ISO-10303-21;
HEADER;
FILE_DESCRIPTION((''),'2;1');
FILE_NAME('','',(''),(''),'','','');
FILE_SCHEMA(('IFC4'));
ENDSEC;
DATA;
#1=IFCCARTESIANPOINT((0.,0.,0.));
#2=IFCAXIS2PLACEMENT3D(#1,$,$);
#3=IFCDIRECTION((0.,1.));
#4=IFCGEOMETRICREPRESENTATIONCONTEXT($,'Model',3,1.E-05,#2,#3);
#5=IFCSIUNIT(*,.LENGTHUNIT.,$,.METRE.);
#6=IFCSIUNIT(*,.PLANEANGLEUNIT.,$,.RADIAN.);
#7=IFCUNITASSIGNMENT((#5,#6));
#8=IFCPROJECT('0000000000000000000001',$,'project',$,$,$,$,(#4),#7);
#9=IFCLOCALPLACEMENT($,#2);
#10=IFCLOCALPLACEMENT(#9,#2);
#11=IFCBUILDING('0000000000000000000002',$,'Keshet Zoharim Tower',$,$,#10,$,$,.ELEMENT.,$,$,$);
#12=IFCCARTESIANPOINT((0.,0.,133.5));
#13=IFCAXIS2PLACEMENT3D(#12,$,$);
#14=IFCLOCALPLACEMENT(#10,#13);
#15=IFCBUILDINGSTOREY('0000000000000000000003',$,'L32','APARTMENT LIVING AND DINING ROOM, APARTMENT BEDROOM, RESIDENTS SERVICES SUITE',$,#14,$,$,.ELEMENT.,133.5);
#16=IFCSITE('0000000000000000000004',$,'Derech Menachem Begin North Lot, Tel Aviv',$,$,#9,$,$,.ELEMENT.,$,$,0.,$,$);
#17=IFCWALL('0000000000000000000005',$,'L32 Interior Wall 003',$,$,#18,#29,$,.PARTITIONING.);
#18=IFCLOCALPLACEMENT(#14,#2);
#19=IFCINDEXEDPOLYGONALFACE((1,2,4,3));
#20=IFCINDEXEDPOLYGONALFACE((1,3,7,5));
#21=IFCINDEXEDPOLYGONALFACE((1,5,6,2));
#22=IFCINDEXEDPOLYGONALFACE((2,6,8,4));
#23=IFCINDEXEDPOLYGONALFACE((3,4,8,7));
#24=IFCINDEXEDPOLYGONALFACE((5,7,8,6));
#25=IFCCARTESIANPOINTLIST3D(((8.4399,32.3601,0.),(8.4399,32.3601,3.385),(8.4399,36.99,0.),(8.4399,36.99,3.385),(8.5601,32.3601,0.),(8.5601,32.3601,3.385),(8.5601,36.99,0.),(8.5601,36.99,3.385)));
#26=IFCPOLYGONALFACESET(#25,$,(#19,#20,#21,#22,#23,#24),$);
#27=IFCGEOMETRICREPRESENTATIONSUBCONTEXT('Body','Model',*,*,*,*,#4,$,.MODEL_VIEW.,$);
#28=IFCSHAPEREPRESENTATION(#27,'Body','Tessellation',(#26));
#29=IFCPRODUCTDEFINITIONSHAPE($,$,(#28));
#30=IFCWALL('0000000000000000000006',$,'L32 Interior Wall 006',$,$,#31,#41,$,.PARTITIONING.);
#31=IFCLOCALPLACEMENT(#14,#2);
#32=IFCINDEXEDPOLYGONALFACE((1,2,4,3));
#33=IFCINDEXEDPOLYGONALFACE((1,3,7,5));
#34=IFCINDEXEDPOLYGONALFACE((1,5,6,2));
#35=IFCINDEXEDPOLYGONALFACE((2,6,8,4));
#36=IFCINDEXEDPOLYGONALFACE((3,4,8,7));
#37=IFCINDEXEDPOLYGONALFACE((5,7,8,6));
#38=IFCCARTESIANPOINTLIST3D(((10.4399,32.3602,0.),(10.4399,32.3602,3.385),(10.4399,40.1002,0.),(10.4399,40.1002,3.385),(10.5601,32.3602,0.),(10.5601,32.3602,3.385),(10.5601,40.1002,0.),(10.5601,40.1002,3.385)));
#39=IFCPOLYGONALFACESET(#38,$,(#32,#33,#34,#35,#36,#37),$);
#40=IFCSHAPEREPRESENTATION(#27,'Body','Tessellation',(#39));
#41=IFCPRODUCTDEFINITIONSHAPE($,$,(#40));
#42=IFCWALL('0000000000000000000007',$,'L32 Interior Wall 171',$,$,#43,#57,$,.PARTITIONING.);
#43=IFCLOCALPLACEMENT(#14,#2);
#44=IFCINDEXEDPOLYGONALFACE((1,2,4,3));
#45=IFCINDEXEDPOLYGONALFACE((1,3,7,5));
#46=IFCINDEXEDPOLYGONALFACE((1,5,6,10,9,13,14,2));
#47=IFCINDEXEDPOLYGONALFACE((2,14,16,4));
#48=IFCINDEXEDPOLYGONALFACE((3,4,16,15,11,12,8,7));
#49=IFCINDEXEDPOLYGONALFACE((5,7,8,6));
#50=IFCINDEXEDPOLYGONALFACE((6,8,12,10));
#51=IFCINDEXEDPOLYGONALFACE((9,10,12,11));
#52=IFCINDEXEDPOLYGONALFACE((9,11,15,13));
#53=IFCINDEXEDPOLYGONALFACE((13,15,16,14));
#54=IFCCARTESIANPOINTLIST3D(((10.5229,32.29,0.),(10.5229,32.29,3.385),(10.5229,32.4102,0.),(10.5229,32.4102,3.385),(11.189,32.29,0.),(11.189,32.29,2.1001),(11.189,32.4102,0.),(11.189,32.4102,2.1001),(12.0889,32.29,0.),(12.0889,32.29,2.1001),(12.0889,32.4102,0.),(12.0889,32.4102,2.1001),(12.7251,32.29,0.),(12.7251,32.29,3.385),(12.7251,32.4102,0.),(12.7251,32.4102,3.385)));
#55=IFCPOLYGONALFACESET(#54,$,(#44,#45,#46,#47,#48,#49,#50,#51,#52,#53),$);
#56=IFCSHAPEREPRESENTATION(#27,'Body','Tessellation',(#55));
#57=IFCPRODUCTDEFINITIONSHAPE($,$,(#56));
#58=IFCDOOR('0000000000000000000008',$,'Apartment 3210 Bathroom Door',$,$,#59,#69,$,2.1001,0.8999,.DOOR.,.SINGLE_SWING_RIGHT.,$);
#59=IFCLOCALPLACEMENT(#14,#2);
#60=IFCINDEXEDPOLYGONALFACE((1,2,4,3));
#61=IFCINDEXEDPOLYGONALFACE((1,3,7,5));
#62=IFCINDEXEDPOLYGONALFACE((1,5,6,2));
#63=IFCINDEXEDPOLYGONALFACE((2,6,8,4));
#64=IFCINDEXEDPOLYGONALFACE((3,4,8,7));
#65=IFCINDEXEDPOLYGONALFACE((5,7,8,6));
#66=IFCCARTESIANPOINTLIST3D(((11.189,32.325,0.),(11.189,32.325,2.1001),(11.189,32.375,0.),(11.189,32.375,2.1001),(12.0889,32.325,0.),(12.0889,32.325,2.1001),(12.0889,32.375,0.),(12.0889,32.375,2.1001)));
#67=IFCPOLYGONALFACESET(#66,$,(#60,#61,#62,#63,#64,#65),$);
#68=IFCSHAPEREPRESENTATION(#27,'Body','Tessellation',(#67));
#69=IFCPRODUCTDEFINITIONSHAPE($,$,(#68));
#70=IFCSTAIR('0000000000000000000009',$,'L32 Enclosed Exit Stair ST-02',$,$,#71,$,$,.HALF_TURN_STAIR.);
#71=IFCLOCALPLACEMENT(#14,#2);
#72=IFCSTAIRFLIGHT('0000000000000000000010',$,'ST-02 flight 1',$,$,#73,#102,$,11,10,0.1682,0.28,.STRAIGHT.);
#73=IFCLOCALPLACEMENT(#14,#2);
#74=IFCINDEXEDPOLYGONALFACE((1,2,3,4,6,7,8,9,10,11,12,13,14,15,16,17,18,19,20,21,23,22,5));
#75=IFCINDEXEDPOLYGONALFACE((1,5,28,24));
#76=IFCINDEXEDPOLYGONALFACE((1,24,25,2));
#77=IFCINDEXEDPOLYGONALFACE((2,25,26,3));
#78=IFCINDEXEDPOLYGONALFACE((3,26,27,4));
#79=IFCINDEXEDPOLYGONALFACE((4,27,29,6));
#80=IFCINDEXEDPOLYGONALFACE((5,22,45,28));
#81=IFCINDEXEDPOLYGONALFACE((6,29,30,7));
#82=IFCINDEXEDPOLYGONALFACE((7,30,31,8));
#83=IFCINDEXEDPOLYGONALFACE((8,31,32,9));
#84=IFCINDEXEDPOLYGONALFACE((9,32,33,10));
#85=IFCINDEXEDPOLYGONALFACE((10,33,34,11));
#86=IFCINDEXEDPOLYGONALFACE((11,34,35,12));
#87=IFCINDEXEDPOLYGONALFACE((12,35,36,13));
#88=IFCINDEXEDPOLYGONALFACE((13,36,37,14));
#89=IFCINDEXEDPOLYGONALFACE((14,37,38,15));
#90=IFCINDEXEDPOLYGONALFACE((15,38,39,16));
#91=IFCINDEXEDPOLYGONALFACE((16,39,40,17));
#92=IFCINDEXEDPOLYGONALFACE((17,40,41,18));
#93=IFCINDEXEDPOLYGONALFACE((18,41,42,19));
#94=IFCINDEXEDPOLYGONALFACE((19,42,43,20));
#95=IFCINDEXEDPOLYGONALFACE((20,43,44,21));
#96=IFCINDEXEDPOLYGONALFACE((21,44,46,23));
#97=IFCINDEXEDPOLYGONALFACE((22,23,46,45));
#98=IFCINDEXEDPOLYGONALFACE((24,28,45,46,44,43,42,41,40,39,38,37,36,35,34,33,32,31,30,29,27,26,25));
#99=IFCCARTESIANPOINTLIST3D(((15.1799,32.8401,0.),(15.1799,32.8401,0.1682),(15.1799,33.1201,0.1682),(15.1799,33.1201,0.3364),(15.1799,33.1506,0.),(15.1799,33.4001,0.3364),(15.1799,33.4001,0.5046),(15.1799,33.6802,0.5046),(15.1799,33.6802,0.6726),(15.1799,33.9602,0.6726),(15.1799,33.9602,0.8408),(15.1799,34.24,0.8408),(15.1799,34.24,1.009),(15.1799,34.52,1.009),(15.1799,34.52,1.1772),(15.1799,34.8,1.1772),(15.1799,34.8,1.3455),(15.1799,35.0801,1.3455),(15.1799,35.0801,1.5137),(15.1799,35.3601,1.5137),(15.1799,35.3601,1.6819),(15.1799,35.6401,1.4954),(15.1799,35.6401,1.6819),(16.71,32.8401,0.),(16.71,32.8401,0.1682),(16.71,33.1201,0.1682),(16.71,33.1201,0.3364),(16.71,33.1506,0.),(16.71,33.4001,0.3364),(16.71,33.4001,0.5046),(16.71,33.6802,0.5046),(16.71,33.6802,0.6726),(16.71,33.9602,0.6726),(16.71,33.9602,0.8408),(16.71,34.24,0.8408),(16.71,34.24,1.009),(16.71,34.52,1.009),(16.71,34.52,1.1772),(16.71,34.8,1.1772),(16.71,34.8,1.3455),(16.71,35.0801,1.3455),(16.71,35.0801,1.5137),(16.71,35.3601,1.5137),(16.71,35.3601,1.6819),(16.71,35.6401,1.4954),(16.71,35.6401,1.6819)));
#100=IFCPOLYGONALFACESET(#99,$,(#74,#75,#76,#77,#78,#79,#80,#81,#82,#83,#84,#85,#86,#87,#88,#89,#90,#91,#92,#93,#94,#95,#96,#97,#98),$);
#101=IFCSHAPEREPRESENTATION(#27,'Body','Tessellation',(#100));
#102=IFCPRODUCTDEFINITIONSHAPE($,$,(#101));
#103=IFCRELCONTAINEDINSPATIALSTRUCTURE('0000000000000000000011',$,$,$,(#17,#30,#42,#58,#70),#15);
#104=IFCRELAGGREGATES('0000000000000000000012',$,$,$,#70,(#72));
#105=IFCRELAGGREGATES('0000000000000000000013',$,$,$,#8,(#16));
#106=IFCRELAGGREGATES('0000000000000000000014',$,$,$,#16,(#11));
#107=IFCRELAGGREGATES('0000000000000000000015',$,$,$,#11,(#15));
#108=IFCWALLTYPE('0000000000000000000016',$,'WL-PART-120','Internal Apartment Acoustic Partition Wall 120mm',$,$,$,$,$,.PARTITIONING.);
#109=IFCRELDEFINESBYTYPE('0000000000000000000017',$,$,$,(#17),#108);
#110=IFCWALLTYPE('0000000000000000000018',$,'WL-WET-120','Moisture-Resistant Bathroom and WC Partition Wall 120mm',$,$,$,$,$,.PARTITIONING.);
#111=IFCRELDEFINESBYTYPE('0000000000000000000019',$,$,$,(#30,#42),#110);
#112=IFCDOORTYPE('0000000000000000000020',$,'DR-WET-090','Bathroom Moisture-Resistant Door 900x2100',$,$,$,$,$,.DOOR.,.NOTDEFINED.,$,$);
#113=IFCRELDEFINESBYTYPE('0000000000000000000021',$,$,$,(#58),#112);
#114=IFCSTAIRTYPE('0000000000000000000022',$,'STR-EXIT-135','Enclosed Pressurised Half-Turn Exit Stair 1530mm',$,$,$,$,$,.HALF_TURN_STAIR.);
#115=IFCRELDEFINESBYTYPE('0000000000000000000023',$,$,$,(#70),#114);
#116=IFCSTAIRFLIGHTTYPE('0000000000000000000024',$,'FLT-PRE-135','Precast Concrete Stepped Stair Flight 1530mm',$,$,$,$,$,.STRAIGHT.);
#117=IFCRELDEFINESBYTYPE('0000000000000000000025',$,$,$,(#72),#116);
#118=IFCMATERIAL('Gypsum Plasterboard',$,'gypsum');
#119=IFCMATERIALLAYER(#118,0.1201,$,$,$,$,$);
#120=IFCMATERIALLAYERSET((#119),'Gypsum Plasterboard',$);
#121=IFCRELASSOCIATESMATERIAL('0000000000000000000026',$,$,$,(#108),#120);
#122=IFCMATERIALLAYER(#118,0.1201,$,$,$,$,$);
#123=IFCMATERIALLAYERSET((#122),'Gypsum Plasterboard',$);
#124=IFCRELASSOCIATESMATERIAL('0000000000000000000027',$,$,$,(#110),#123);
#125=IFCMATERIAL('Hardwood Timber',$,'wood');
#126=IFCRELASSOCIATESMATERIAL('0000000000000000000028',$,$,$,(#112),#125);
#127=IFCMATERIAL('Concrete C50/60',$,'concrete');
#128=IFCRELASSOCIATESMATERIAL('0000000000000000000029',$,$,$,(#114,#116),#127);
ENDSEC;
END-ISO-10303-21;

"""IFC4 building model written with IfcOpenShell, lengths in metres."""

from ifc_helpers import new_model, si_unit, direction, frame, frame_2d, origin, place, context, subcontext, project, spatial, polyline, rectangle, outline, extrude, material, layer, layer_set, type_object, element, fill, aggregate, save


model = new_model("IFC4")

# Units and contexts
model_context = context("Model", 3, precision=1e-05, world=origin(), true_north=direction((0.0, 1.0)))
body_context = subcontext(model_context, "Body", "Model", "MODEL_VIEW")
ifc_project = project(units=[si_unit("LENGTHUNIT", "METRE"), si_unit("PLANEANGLEUNIT", "RADIAN")], contexts=[model_context])

# Site, building, storey
site_placement = place(None, origin())
site = spatial("IfcSite", under=ifc_project, at=site_placement, Name="Derech Menachem Begin North Lot, Tel Aviv", CompositionType="ELEMENT", RefElevation=0.0)
building_placement = place(site_placement, origin())
building = spatial("IfcBuilding", under=site, at=building_placement, Name="Keshet Zoharim Tower", CompositionType="ELEMENT")
storey_placement = place(building_placement, frame((0.0, 0.0, 133.5)))
storey = spatial("IfcBuildingStorey", under=building, at=storey_placement, Name="L32", Description="APARTMENT LIVING AND DINING ROOM, APARTMENT BEDROOM, RESIDENTS SERVICES SUITE", CompositionType="ELEMENT", Elevation=133.5)

# Wall
ifc_material_1 = material(Name="Gypsum Plasterboard", Category="gypsum")
ifc_layer_1 = layer(ifc_material_1, 0.1201)
ifc_layer_set_1 = layer_set([ifc_layer_1], Name="Gypsum Plasterboard")
wall_type_1 = type_object("IfcWallType", Name="WL-PART-120", Description="Internal Apartment Acoustic Partition Wall 120mm", PredefinedType="PARTITIONING", material=ifc_layer_set_1)
wall_1_placement = place(storey_placement, frame((8.5, 32.3601, 0.0), z_axis=(0.0, 0.0, 1.0), x_axis=(0.0, 1.0, 0.0)))
element("IfcWall", 1, at=wall_1_placement, inside=storey, type_object=wall_type_1, Name="L32 Interior Wall 003", PredefinedType="PARTITIONING", context=body_context, shape_type="SweptSolid", body=[
    extrude(rectangle(XDim=4.6299, YDim=0.1201, at=frame_2d((2.3149, 0.0))), origin(), (0.0, 0.0, 1.0), 3.385),
])

# Shared definitions
ifc_material_2 = material(Name="Hardwood Timber", Category="wood")

# Wall
ifc_layer_2 = layer(ifc_material_1, 0.1201)
ifc_layer_set_2 = layer_set([ifc_layer_2], Name="Gypsum Plasterboard")
wall_type_2 = type_object("IfcWallType", Name="WL-WET-120", Description="Moisture-Resistant Bathroom and WC Partition Wall 120mm", PredefinedType="PARTITIONING", material=ifc_layer_set_2)
wall_2_placement = place(storey_placement, frame((10.5, 32.3601, 0.0), z_axis=(0.0, 0.0, 1.0), x_axis=(0.0, 1.0, 0.0)))
element("IfcWall", 2, at=wall_2_placement, inside=storey, type_object=wall_type_2, Name="L32 Interior Wall 006", PredefinedType="PARTITIONING", context=body_context, shape_type="SweptSolid", body=[
    extrude(rectangle(XDim=7.74, YDim=0.1201, at=frame_2d((3.8701, 0.0))), origin(), (0.0, 0.0, 1.0), 3.385),
])

# Wall, opening, door
wall_3_placement = place(storey_placement, frame((10.5229, 32.3501, 0.0), z_axis=(0.0, 0.0, 1.0), x_axis=(1.0, 0.0, 0.0)))
wall_3 = element("IfcWall", 3, at=wall_3_placement, inside=storey, type_object=wall_type_2, Name="L32 Interior Wall 171", PredefinedType="PARTITIONING", context=body_context, shape_type="SweptSolid", body=[
    extrude(rectangle(XDim=2.2021, YDim=0.1201, at=frame_2d((1.1011, 0.0))), origin(), (0.0, 0.0, 1.0), 3.385),
])
opening_1_placement = place(wall_3_placement, frame((0.666, 0.0, 0.0)))
opening_1 = element("IfcOpeningElement", 4, at=opening_1_placement, cuts=wall_3, PredefinedType="OPENING", context=body_context, shape_type="SweptSolid", body=[
    extrude(rectangle(XDim=0.8999, YDim=2.1001, at=frame_2d((0.45, 1.05))), frame((0.0, 0.0701, 0.0), z_axis=(0.0, -1.0, 0.0), x_axis=(1.0, 0.0, 0.0)), (0.0, 0.0, 1.0), 0.1401),
])
door_type_1 = type_object("IfcDoorType", Name="DR-WET-090", Description="Bathroom Moisture-Resistant Door 900x2100", OperationType="NOTDEFINED", PredefinedType="DOOR", material=ifc_material_2)
door_1_placement = place(opening_1_placement, origin())
door_1 = element("IfcDoor", 5, at=door_1_placement, inside=storey, type_object=door_type_1, Name="Apartment 3210 Bathroom Door", OperationType="SINGLE_SWING_RIGHT", OverallHeight=2.1001, OverallWidth=0.8999, PredefinedType="DOOR", context=body_context, shape_type="SweptSolid", body=[
    extrude(rectangle(XDim=0.8999, YDim=2.1001, at=frame_2d((0.45, 1.05))), frame((0.0, 0.0249, 0.0), z_axis=(0.0, -1.0, 0.0), x_axis=(1.0, 0.0, 0.0)), (0.0, 0.0, 1.0), 0.05),
])
fill(opening_1, door_1)

# Stair, stair flight
ifc_material_3 = material(Name="Concrete C50/60", Category="concrete")
stair_type = type_object("IfcStairType", Name="STR-EXIT-135", Description="Enclosed Pressurised Half-Turn Exit Stair 1530mm", PredefinedType="HALF_TURN_STAIR", material=ifc_material_3)
stair_placement = place(storey_placement, origin())
stair = element("IfcStair", 6, at=stair_placement, inside=storey, type_object=stair_type, Name="L32 Enclosed Exit Stair ST-02", PredefinedType="HALF_TURN_STAIR")
stair_flight_type = type_object("IfcStairFlightType", Name="FLT-PRE-135", Description="Precast Concrete Stepped Stair Flight 1530mm", PredefinedType="STRAIGHT", material=ifc_material_3)
stair_flight_placement = place(storey_placement, frame((15.9451, 32.8401, 0.0), z_axis=(0.0, 0.0, 1.0), x_axis=(0.0, 1.0, 0.0)))
stair_flight = element("IfcStairFlight", 7, at=stair_flight_placement, type_object=stair_flight_type, Name="ST-02 flight 1", NumberOfRisers=11, NumberOfTreads=10, PredefinedType="STRAIGHT", RiserHeight=0.1682, TreadLength=0.28, context=body_context, shape_type="SweptSolid", body=[
    extrude(outline(polyline([(0.0, 0.0), (0.0, 0.1682), (0.28, 0.1682), (0.28, 0.3364), (0.5601, 0.3364), (0.5601, 0.5046), (0.8401, 0.5046), (0.8401, 0.6726), (1.1201, 0.6726), (1.1201, 0.8408), (1.3999, 0.8408), (1.3999, 1.009), (1.6799, 1.009), (1.6799, 1.1772), (1.96, 1.1772), (1.96, 1.3455), (2.24, 1.3455), (2.24, 1.5137), (2.52, 1.5137), (2.52, 1.6819), (2.8, 1.6819), (2.8, 1.8501), (2.8, 1.4954), (0.3105, 0.0), (0.0, 0.0)])), frame((0.0, 0.7651, 0.0), z_axis=(0.0, -1.0, 0.0), x_axis=(1.0, 0.0, 0.0)), (0.0, 0.0, 1.0), 1.53),
])
aggregate(stair, [stair_flight])

save(model, "model.ifc")
